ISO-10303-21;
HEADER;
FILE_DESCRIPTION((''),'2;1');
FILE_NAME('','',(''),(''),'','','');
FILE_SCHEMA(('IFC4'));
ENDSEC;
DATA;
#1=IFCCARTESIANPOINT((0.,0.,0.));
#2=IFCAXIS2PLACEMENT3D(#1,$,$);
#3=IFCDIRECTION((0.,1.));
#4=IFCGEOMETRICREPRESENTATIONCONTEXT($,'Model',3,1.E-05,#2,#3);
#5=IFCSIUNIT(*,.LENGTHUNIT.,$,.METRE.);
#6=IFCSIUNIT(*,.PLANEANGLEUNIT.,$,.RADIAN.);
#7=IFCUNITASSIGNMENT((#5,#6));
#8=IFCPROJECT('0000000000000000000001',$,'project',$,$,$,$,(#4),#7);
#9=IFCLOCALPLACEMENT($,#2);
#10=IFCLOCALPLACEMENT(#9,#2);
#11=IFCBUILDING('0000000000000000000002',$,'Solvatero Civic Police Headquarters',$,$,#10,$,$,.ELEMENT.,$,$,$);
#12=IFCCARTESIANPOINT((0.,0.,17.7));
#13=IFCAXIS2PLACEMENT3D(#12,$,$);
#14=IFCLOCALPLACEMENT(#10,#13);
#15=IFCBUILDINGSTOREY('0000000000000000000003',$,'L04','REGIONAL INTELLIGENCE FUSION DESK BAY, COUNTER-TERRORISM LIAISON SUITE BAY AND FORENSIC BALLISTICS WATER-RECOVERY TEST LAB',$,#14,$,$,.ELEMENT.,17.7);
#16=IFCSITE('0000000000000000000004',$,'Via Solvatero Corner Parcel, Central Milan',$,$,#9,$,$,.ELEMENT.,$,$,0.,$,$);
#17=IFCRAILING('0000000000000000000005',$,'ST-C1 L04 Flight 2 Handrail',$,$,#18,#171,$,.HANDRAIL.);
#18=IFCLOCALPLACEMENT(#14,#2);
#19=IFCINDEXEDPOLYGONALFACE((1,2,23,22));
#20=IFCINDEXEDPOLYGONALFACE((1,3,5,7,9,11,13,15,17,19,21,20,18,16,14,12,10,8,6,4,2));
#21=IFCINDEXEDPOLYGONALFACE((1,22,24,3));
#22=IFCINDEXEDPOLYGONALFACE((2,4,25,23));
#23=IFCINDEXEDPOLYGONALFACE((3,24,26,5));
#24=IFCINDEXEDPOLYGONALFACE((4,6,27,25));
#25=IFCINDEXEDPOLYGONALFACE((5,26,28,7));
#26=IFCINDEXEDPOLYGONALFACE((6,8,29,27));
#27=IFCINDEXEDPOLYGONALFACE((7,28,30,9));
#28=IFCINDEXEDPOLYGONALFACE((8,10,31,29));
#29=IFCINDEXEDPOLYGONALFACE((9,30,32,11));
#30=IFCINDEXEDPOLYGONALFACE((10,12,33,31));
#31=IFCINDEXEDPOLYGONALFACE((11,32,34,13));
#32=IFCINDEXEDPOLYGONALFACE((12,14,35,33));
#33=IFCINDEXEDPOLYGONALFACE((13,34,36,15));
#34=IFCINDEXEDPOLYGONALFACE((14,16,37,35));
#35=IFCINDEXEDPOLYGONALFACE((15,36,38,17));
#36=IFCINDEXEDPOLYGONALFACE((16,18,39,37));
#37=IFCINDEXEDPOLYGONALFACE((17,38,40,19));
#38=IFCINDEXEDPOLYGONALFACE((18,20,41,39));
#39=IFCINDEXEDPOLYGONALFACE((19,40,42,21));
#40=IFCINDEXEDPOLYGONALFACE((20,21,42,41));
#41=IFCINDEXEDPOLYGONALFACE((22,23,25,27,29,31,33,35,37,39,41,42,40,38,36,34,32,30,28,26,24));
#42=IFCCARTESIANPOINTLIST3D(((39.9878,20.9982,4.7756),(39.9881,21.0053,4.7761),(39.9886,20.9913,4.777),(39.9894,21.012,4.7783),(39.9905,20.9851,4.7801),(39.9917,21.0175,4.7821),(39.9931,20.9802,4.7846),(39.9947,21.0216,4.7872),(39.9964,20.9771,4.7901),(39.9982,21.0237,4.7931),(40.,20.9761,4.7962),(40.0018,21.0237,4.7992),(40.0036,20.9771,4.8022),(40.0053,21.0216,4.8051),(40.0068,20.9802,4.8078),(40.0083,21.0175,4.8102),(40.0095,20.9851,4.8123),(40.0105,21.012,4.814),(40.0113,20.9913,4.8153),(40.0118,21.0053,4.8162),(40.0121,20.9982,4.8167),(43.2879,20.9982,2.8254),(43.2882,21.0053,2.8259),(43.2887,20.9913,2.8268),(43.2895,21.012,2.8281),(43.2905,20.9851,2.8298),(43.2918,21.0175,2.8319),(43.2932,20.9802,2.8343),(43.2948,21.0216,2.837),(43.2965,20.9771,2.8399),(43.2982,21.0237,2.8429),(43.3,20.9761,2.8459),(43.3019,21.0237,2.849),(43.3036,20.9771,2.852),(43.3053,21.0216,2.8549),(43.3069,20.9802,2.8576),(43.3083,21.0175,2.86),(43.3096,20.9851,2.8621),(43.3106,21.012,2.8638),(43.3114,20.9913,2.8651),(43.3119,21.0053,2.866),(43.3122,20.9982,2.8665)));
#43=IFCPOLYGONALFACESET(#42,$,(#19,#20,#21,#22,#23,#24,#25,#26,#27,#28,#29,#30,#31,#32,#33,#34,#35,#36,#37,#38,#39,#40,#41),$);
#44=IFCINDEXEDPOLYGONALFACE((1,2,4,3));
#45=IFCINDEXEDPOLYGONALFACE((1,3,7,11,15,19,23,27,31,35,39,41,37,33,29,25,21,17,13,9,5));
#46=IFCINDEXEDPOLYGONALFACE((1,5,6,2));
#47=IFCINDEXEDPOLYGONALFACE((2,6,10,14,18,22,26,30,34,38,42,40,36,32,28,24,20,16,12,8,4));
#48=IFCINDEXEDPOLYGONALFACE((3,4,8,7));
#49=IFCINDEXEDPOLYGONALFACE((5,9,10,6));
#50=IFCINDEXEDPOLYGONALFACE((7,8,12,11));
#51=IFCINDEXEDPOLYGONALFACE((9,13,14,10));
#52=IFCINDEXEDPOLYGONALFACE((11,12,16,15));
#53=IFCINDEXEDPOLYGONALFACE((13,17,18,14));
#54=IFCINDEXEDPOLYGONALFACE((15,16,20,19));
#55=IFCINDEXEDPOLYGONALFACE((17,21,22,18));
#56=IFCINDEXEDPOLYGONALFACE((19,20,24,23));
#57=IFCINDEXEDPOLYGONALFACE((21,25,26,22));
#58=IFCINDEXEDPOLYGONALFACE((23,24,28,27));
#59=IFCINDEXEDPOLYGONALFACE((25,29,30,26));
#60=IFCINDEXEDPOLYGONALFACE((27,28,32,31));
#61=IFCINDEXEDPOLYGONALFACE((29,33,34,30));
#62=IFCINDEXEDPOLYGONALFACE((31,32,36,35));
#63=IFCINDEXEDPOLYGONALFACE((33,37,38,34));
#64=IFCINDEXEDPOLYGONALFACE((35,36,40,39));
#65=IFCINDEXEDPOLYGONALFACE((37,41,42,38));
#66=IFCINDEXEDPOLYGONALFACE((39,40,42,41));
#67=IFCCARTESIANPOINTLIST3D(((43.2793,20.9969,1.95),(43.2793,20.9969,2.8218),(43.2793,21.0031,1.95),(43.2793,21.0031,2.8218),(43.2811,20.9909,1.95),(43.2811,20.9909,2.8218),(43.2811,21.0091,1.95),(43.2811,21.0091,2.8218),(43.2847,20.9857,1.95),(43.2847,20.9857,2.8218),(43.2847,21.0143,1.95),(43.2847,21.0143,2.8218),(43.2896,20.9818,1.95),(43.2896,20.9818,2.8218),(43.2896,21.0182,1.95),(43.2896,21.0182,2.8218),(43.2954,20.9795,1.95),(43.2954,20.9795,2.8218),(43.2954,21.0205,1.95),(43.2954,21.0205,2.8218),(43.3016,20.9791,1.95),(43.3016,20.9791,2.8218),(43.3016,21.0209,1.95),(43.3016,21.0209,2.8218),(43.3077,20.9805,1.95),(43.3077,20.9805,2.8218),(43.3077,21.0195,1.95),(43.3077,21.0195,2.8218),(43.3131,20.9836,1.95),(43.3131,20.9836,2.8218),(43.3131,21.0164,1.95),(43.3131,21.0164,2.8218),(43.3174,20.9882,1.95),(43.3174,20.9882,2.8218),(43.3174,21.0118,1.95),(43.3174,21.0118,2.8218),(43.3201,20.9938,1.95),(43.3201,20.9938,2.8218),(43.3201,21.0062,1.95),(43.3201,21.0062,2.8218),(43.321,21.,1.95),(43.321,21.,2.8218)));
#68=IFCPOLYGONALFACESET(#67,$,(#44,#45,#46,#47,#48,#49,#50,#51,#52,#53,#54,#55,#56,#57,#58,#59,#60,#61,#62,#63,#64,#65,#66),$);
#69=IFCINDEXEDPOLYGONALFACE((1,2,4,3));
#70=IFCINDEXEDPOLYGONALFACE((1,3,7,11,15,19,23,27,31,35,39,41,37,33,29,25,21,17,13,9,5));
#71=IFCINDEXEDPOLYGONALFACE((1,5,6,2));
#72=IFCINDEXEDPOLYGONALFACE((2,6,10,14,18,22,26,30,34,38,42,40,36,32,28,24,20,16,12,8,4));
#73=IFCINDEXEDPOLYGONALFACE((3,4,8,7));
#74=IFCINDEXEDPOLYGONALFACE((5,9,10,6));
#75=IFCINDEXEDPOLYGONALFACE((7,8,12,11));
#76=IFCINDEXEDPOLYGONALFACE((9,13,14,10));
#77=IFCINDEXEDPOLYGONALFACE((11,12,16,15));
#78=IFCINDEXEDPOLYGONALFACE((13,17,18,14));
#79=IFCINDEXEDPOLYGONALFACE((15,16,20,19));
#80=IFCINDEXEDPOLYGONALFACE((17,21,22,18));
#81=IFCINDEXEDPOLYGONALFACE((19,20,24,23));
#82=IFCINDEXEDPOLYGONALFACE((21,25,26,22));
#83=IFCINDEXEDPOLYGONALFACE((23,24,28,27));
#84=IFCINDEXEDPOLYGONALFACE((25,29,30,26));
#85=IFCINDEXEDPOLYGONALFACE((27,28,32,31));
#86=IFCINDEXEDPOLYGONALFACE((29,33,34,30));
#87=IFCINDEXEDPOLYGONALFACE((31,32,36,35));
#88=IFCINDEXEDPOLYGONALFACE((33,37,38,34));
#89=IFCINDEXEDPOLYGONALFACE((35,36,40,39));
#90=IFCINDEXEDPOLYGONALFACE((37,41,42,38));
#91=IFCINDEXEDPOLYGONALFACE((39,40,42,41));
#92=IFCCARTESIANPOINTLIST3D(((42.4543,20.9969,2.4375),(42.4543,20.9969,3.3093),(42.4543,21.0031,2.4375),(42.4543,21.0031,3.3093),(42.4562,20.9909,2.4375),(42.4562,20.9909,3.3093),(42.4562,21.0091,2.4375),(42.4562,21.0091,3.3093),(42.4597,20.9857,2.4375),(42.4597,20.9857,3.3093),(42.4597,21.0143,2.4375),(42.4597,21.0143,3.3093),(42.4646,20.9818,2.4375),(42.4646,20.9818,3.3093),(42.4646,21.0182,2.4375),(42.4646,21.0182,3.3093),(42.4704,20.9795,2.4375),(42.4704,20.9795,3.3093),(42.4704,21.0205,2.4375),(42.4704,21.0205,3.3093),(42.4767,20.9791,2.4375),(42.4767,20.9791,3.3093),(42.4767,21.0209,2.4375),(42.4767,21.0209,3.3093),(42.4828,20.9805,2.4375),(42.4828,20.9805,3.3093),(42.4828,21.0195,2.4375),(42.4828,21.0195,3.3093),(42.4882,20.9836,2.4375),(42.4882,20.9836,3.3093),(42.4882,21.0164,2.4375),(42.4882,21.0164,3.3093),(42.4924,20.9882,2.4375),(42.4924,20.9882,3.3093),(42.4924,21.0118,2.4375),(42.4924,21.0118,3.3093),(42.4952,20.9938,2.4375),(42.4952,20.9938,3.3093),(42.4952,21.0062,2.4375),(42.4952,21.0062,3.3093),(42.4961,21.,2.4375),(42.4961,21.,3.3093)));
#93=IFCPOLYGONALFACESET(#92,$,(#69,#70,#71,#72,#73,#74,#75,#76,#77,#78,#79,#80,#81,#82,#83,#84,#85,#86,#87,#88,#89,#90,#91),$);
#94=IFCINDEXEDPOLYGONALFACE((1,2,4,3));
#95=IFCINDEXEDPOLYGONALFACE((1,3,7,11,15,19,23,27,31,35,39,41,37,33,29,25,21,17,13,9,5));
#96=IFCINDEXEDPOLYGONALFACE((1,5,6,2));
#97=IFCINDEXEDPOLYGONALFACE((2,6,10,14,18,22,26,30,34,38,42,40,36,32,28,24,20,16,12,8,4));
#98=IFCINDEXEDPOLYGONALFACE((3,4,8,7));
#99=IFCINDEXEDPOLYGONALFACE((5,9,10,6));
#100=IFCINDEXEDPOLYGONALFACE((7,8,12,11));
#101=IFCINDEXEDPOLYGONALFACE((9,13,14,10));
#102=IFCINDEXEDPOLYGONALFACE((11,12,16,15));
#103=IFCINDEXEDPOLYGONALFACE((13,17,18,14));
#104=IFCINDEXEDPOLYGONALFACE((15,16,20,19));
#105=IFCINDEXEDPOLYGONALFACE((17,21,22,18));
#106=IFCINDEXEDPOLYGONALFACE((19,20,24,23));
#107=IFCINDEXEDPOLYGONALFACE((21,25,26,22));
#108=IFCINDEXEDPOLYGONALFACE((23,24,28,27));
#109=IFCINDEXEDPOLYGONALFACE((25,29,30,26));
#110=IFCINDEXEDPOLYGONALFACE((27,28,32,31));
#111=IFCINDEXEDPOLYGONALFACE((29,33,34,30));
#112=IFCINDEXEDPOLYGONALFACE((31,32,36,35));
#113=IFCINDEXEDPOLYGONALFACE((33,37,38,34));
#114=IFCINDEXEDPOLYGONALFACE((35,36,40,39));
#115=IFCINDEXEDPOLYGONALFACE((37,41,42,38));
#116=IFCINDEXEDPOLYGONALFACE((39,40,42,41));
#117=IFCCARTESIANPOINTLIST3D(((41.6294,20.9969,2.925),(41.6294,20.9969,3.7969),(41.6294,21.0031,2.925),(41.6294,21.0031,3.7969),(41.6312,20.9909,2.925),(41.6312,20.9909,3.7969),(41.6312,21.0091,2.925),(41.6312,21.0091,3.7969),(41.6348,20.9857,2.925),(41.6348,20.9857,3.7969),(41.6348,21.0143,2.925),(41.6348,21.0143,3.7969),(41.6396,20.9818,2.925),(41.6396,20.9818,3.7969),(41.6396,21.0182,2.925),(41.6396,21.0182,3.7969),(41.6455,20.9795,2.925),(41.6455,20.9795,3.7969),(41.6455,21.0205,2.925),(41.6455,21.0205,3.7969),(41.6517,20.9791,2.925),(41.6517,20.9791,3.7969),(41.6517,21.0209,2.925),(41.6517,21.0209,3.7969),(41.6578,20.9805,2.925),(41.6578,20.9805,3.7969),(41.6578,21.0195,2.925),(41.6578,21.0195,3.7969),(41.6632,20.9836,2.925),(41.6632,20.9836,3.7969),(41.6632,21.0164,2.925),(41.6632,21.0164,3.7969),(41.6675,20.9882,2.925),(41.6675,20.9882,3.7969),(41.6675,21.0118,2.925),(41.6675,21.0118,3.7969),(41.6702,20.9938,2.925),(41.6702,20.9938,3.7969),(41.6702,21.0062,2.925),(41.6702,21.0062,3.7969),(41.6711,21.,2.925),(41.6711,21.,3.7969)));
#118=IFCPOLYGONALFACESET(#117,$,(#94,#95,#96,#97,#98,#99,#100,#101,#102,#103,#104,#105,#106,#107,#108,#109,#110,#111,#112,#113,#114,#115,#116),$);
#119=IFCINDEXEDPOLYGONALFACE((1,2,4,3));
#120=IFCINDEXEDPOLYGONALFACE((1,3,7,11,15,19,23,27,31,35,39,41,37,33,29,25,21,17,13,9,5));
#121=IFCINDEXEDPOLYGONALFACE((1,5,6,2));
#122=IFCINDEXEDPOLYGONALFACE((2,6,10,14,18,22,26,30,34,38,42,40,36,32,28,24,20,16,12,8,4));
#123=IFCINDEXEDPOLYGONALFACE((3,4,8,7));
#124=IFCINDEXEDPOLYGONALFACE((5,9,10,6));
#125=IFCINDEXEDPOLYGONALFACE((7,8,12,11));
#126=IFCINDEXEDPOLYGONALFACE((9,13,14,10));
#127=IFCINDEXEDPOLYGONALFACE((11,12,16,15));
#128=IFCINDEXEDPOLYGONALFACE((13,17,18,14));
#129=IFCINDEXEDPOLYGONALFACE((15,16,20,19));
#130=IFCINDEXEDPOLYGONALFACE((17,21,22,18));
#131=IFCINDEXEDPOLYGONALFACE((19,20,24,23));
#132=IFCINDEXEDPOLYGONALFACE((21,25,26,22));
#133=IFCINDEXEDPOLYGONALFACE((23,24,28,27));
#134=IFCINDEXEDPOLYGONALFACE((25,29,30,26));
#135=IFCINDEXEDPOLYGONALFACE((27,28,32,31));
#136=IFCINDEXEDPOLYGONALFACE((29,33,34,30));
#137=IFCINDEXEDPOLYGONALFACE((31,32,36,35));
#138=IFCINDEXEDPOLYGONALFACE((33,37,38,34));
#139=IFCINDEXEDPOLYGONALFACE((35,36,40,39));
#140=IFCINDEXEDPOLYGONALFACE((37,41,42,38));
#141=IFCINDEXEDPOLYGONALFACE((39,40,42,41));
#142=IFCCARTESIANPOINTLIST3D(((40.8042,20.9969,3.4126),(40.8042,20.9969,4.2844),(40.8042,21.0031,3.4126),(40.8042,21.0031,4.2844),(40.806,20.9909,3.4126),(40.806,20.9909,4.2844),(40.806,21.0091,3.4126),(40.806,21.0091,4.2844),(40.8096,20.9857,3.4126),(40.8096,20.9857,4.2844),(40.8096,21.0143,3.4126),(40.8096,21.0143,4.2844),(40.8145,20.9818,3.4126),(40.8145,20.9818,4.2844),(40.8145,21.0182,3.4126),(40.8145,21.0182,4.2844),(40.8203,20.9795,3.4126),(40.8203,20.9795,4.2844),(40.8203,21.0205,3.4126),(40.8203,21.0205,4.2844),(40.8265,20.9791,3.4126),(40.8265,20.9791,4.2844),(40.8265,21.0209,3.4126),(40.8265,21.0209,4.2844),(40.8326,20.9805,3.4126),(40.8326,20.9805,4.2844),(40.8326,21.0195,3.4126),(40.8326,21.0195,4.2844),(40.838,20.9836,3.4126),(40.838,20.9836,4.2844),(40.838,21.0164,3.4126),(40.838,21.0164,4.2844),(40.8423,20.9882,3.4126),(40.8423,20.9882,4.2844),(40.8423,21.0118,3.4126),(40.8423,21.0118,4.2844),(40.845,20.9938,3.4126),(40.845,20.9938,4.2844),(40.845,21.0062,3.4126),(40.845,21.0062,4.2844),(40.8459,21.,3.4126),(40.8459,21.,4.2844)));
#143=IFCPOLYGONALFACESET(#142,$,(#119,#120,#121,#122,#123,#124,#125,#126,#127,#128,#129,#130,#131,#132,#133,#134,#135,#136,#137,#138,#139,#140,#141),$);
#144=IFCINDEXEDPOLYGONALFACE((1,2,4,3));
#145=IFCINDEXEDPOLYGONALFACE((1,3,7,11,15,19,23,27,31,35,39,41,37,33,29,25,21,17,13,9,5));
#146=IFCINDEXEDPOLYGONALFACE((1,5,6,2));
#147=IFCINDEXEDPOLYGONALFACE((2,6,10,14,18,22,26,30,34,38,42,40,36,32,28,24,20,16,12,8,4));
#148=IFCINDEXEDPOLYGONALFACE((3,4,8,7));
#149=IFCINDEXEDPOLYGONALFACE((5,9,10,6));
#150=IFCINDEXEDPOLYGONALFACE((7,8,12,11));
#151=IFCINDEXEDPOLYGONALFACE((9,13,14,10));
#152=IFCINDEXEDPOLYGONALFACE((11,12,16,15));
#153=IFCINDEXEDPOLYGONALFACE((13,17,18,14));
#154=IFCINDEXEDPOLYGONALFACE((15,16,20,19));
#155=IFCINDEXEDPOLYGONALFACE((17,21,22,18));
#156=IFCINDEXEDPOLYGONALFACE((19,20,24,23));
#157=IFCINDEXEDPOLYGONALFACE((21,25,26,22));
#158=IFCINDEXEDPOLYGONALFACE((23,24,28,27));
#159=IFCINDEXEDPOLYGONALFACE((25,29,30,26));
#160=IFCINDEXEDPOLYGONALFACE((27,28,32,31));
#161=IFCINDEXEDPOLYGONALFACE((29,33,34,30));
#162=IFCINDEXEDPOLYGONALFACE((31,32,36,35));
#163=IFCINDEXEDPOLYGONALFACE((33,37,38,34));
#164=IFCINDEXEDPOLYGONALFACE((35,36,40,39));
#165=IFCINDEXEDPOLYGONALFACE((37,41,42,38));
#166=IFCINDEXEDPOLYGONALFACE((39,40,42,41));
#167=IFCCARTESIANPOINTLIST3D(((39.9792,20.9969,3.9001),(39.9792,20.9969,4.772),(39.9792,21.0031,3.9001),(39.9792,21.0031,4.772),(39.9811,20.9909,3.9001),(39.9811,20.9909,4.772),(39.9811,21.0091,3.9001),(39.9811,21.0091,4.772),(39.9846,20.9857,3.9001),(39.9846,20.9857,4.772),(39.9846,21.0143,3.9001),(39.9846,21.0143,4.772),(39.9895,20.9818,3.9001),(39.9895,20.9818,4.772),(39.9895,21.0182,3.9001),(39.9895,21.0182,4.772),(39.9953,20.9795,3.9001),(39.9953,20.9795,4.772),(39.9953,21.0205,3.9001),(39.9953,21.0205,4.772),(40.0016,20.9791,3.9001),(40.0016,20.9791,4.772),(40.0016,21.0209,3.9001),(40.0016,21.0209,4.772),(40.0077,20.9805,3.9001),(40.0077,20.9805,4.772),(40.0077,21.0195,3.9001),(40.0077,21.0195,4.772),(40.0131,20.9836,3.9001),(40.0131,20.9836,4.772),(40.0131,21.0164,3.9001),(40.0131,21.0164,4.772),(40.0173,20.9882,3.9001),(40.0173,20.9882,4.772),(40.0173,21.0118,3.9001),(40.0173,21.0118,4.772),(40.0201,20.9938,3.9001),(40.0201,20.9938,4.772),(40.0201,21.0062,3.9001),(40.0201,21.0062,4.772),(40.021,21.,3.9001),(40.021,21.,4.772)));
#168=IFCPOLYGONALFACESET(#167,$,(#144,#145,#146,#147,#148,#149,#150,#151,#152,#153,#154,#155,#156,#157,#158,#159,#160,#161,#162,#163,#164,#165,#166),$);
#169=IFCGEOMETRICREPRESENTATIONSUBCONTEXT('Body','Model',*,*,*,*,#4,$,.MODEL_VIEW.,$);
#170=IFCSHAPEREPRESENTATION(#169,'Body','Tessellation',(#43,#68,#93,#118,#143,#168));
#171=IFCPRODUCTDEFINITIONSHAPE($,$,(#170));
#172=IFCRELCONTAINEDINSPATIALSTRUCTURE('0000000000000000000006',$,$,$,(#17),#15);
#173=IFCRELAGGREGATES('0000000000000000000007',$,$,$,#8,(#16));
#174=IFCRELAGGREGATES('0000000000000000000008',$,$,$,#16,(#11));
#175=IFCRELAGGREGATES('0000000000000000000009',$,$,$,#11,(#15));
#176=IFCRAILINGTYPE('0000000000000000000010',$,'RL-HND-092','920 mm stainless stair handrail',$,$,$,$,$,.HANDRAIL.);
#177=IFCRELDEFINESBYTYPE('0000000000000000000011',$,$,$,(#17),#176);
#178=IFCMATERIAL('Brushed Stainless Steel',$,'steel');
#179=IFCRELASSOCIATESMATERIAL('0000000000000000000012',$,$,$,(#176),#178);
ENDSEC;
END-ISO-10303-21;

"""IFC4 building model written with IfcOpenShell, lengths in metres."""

from ifc_helpers import new_model, si_unit, direction, frame, origin, origin_2d, place, context, subcontext, project, spatial, circle, extrude, material, type_object, element, save


model = new_model("IFC4")

# Units and contexts
model_context = context("Model", 3, precision=1e-05, world=origin(), true_north=direction((0.0, 1.0)))
body_context = subcontext(model_context, "Body", "Model", "MODEL_VIEW")
ifc_project = project(units=[si_unit("LENGTHUNIT", "METRE"), si_unit("PLANEANGLEUNIT", "RADIAN")], contexts=[model_context])

# Site, building, storey
site_placement = place(None, origin())
site = spatial("IfcSite", under=ifc_project, at=site_placement, Name="Via Solvatero Corner Parcel, Central Milan", CompositionType="ELEMENT", RefElevation=0.0)
building_placement = place(site_placement, origin())
building = spatial("IfcBuilding", under=site, at=building_placement, Name="Solvatero Civic Police Headquarters", CompositionType="ELEMENT")
storey_placement = place(building_placement, frame((0.0, 0.0, 17.7)))
storey = spatial("IfcBuildingStorey", under=building, at=storey_placement, Name="L04", Description="REGIONAL INTELLIGENCE FUSION DESK BAY, COUNTER-TERRORISM LIAISON SUITE BAY AND FORENSIC BALLISTICS WATER-RECOVERY TEST LAB", CompositionType="ELEMENT", Elevation=17.7)

# Railing
ifc_material_1 = material(Name="Brushed Stainless Steel", Category="steel")
railing_type_1 = type_object("IfcRailingType", Name="RL-HND-092", Description="920 mm stainless stair handrail", PredefinedType="HANDRAIL", material=ifc_material_1)
railing_1_placement = place(storey_placement, frame((43.3, 21.0, 1.95)))
element("IfcRailing", 1, at=railing_1_placement, inside=storey, type_object=railing_type_1, Name="ST-C1 L04 Flight 2 Handrail", PredefinedType="HANDRAIL", context=body_context, shape_type="SweptSolid", body=[
    extrude(circle(Radius=0.0239, at=origin_2d()), frame((0.0, 0.0, 0.896), z_axis=(-0.860908, 0.0, 0.508761), x_axis=(0.0, -1.0, 0.0)), (0.0, 0.0, 1.0), 3.8333),
    extrude(circle(Radius=0.021, at=origin_2d()), origin(), (0.0, 0.0, 1.0), 0.8718),
    extrude(circle(Radius=0.021, at=origin_2d()), frame((-0.825, 0.0, 0.4875)), (0.0, 0.0, 1.0), 0.8718),
    extrude(circle(Radius=0.021, at=origin_2d()), frame((-1.6499, 0.0, 0.9751)), (0.0, 0.0, 1.0), 0.8718),
    extrude(circle(Radius=0.021, at=origin_2d()), frame((-2.4751, 0.0, 1.4626)), (0.0, 0.0, 1.0), 0.8718),
    extrude(circle(Radius=0.021, at=origin_2d()), frame((-3.3, 0.0, 1.9502)), (0.0, 0.0, 1.0), 0.8718),
])

save(model, "model.ifc")
